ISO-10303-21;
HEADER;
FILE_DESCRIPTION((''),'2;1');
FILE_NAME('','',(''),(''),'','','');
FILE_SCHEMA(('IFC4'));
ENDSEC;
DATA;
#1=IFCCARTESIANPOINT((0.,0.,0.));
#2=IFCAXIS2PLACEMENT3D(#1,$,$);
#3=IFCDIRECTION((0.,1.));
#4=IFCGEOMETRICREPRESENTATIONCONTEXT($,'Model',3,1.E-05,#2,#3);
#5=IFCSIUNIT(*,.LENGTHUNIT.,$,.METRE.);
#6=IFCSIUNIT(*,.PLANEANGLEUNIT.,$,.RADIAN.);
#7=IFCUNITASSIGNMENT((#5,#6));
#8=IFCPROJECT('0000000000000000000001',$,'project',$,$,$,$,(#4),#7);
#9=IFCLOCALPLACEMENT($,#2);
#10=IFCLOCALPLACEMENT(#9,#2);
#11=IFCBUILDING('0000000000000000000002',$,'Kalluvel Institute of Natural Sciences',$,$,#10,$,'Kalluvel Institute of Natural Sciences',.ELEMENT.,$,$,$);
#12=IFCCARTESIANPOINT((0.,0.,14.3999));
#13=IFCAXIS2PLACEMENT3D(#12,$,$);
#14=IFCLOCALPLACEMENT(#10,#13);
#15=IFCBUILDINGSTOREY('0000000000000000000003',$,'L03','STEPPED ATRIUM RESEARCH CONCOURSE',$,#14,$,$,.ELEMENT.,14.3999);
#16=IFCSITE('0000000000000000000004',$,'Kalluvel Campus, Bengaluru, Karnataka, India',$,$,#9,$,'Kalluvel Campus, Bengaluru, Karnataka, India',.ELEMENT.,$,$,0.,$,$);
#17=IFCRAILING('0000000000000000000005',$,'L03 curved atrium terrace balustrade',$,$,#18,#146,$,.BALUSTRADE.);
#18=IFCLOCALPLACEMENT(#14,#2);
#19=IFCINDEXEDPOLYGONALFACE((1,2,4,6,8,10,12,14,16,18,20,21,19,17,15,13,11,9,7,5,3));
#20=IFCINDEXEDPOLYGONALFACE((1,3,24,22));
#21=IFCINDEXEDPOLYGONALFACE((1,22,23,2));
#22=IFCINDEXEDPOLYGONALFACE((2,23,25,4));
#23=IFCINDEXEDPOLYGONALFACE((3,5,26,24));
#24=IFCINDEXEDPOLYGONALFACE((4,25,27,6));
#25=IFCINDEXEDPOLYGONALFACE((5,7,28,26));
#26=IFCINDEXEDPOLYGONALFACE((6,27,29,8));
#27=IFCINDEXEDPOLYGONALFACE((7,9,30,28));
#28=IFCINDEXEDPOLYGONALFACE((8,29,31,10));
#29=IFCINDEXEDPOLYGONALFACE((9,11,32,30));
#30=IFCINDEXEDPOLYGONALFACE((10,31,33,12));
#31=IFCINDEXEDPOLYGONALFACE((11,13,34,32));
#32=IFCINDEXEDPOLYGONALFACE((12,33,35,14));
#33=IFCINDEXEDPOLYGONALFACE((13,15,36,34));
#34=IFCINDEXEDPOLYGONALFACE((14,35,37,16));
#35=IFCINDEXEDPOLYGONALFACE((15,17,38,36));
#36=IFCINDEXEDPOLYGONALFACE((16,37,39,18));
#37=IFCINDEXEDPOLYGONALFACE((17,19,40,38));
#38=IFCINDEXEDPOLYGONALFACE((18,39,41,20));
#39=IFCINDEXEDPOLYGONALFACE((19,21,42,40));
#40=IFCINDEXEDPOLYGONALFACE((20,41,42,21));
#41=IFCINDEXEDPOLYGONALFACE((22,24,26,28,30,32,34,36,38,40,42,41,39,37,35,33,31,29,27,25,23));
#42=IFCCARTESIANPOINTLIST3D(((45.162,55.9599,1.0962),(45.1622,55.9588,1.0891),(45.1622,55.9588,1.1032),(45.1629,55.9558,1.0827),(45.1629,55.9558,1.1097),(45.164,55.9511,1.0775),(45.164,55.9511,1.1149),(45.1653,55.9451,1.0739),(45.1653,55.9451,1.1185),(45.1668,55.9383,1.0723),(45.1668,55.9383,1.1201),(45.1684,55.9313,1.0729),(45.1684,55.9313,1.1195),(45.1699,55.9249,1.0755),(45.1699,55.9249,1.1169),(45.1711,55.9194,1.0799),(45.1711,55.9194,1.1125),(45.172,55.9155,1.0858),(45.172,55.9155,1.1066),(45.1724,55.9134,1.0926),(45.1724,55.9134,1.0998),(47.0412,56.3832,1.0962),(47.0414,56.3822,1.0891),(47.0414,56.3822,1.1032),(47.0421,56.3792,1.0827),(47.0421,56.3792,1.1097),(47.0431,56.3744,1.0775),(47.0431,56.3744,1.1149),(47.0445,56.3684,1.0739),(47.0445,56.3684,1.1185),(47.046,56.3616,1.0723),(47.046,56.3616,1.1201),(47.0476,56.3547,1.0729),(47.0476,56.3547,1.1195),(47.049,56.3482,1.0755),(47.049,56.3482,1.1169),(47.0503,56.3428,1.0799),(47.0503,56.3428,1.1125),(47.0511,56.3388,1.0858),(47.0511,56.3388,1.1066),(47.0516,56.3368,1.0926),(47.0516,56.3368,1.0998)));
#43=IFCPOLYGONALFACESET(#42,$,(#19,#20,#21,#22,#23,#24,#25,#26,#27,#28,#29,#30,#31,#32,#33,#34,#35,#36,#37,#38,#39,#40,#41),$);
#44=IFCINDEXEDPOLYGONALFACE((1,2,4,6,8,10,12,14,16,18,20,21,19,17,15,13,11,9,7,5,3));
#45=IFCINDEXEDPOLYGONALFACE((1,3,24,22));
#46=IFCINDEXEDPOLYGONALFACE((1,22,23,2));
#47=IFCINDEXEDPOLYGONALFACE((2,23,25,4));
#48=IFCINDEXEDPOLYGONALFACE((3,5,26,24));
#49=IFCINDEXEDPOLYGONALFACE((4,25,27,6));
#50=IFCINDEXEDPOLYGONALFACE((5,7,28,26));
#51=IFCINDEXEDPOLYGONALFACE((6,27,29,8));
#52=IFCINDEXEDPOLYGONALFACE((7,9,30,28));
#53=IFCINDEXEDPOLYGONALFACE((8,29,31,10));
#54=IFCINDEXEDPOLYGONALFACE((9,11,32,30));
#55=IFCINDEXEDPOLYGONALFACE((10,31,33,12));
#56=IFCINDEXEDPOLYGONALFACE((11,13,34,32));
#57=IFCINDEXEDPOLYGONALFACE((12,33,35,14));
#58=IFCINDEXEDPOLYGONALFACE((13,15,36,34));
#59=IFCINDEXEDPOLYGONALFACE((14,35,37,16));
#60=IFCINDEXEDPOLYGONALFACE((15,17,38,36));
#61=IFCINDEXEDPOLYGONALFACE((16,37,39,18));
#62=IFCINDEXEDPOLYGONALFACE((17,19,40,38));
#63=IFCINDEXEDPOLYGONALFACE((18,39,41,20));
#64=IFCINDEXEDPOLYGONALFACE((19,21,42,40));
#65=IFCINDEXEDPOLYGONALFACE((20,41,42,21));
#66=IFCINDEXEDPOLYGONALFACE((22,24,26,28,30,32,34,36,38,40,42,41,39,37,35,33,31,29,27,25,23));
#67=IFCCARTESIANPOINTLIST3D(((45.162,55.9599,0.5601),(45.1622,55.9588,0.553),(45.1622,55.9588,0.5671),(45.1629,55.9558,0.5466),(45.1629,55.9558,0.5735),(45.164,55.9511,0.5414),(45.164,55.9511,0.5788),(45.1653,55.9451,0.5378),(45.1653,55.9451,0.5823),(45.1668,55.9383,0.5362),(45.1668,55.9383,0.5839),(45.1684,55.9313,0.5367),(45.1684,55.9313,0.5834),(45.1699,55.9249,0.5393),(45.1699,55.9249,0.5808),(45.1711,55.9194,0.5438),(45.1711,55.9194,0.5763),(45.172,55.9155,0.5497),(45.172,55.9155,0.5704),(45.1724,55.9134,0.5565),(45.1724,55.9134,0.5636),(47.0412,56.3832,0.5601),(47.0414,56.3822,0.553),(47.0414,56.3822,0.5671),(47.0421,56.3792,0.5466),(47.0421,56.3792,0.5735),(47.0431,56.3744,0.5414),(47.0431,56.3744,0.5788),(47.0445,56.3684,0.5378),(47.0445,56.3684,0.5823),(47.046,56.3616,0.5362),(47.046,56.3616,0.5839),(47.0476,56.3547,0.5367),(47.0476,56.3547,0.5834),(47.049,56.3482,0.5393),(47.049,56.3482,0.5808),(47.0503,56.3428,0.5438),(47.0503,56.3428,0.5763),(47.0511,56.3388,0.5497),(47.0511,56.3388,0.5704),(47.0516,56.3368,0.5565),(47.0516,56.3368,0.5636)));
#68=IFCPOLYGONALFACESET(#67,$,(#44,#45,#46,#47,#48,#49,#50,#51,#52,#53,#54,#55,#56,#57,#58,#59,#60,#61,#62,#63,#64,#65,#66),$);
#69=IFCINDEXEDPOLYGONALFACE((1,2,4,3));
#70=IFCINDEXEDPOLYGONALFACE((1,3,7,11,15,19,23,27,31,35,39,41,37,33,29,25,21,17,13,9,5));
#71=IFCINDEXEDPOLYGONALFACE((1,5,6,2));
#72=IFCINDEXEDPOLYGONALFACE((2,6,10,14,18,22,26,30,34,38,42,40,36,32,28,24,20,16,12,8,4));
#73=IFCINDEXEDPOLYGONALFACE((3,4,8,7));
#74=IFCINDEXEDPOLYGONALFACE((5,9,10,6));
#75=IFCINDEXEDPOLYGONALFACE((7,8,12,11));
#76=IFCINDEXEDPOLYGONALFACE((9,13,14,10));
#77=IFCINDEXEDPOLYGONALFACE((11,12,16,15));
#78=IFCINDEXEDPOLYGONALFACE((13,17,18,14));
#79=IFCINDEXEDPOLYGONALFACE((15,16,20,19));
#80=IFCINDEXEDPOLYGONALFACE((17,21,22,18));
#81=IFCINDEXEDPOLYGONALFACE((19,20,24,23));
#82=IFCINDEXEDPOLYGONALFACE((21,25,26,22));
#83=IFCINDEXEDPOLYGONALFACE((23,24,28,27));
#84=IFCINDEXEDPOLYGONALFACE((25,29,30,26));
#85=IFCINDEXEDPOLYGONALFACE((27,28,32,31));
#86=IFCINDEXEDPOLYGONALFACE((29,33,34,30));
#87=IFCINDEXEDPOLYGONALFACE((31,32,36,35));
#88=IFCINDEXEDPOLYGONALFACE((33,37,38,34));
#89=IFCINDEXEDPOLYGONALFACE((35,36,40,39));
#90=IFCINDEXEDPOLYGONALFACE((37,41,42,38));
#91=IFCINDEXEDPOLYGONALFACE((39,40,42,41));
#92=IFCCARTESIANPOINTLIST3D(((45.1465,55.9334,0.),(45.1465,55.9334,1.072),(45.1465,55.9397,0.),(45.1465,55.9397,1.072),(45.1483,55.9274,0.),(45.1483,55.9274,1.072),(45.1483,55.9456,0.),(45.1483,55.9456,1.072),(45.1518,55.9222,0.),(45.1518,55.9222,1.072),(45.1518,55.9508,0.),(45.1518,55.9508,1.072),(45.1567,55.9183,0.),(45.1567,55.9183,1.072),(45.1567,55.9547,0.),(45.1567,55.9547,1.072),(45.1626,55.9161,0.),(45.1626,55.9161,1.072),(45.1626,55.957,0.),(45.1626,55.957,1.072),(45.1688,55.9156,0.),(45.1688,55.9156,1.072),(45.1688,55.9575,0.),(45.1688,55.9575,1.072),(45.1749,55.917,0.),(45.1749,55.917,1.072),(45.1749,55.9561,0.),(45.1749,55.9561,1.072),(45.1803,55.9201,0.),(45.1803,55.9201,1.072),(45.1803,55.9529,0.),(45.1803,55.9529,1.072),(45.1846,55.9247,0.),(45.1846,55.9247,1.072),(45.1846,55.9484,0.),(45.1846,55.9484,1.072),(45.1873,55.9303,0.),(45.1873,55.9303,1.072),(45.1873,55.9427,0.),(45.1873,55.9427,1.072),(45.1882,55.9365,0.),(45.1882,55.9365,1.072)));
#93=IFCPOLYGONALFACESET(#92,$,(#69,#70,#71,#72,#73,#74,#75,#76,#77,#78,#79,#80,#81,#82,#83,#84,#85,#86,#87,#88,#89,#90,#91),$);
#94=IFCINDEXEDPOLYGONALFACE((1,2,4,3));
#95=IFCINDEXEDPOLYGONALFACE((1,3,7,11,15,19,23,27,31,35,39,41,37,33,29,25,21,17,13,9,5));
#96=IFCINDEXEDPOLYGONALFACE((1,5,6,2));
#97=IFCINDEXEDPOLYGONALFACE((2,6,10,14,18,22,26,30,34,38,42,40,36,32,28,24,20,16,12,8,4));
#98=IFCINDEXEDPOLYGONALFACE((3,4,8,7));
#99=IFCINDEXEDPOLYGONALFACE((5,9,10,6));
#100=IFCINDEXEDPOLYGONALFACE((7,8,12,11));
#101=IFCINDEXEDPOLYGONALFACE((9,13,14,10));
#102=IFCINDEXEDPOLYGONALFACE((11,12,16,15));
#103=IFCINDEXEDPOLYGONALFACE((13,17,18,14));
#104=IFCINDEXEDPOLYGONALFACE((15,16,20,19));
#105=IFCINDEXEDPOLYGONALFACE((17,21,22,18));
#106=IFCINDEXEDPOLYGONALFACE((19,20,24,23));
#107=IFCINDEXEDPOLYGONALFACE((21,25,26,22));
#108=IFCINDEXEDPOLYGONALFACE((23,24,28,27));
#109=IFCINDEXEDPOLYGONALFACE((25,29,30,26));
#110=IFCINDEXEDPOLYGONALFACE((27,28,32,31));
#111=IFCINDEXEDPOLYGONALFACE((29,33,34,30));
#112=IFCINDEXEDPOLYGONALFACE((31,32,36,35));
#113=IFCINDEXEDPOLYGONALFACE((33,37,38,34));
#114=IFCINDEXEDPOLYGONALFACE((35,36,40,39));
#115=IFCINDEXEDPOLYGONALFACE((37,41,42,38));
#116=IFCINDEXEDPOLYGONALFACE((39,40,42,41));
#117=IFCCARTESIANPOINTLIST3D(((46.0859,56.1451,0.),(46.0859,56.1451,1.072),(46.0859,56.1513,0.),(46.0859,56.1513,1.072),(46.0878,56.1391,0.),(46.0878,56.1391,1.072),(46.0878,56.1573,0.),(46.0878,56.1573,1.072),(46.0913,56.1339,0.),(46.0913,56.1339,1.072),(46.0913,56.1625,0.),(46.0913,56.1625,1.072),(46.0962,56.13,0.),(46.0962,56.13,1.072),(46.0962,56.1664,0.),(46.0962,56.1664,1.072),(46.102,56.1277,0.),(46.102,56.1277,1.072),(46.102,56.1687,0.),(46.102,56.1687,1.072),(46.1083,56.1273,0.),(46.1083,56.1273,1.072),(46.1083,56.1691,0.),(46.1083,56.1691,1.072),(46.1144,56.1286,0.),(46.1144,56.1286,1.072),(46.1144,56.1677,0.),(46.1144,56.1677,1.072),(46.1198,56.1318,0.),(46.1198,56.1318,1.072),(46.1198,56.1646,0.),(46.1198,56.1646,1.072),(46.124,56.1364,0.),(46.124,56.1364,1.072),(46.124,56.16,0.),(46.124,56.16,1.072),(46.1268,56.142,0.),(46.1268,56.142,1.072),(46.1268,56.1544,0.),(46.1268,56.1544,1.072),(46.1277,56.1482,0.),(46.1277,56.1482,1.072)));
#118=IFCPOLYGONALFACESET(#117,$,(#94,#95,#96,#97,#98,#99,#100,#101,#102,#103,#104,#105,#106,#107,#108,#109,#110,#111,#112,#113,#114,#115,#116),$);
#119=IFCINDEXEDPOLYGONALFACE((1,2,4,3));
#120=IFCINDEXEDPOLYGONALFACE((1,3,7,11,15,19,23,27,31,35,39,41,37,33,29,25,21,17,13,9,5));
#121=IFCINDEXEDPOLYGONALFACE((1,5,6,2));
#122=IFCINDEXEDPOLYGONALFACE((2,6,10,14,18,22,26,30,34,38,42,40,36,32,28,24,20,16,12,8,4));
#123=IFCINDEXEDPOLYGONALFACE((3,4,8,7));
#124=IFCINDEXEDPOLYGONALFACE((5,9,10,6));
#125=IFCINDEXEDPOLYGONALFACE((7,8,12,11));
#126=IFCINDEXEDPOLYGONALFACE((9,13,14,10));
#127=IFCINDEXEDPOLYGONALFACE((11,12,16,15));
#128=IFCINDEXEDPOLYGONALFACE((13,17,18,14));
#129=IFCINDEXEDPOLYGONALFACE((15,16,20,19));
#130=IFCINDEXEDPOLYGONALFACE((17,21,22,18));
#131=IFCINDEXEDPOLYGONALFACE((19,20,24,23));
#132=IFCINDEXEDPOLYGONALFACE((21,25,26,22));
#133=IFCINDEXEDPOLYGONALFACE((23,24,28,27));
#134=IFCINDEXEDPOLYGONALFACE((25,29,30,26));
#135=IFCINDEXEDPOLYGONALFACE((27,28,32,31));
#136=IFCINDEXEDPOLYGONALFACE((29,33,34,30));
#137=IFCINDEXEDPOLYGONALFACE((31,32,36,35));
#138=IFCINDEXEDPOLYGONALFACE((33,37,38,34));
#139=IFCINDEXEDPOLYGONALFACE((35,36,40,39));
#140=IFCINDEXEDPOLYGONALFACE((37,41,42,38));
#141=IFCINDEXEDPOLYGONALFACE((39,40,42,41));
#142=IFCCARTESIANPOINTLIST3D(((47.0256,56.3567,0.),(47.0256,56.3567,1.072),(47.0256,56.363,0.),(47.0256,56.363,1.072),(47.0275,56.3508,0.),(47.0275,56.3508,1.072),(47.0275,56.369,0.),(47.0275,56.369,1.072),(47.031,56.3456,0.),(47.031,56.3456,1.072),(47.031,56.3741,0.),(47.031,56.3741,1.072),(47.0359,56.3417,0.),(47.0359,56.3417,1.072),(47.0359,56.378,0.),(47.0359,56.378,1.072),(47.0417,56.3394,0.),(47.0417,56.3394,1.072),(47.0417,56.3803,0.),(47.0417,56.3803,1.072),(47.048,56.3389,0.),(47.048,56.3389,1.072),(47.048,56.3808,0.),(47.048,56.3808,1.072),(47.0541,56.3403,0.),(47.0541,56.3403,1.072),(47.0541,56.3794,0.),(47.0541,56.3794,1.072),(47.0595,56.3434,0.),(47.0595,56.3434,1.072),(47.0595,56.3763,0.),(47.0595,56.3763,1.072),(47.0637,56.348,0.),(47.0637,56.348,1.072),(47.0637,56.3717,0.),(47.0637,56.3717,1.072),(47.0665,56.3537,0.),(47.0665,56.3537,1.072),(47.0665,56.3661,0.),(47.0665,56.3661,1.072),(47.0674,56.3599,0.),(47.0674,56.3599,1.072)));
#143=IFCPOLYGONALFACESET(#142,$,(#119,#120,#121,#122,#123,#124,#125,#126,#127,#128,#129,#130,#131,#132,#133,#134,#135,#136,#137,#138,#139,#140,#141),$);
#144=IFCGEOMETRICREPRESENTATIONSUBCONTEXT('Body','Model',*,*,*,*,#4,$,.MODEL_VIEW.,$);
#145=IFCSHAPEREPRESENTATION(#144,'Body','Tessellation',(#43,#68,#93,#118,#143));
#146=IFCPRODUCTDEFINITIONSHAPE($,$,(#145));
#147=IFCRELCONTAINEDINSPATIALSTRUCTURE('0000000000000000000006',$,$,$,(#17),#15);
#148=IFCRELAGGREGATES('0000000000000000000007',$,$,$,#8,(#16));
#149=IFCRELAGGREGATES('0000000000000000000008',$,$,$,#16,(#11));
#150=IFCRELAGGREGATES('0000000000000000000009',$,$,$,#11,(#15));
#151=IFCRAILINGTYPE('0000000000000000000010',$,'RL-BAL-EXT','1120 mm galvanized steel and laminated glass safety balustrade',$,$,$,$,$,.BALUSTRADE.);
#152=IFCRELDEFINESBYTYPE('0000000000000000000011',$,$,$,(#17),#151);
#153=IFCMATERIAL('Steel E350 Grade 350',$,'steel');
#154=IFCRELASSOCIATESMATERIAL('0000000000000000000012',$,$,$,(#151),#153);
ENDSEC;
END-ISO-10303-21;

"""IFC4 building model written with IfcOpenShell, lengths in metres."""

from ifc_helpers import new_model, si_unit, direction, frame, origin, origin_2d, place, context, subcontext, project, spatial, circle, extrude, material, type_object, element, save


model = new_model("IFC4")

# Units and contexts
model_context = context("Model", 3, precision=1e-05, world=origin(), true_north=direction((0.0, 1.0)))
body_context = subcontext(model_context, "Body", "Model", "MODEL_VIEW")
ifc_project = project(units=[si_unit("LENGTHUNIT", "METRE"), si_unit("PLANEANGLEUNIT", "RADIAN")], contexts=[model_context])

# Site, building, storey
site_placement = place(None, origin())
site = spatial("IfcSite", under=ifc_project, at=site_placement, Name="Kalluvel Campus, Bengaluru, Karnataka, India", LongName="Kalluvel Campus, Bengaluru, Karnataka, India", CompositionType="ELEMENT", RefElevation=0.0)
building_placement = place(site_placement, origin())
building = spatial("IfcBuilding", under=site, at=building_placement, Name="Kalluvel Institute of Natural Sciences", LongName="Kalluvel Institute of Natural Sciences", CompositionType="ELEMENT")
storey_placement = place(building_placement, frame((0.0, 0.0, 14.3999)))
storey = spatial("IfcBuildingStorey", under=building, at=storey_placement, Name="L03", Description="STEPPED ATRIUM RESEARCH CONCOURSE", CompositionType="ELEMENT", Elevation=14.3999)

# Railing
ifc_material_1 = material(Name="Steel E350 Grade 350", Category="steel")
railing_type = type_object("IfcRailingType", Name="RL-BAL-EXT", Description="1120 mm galvanized steel and laminated glass safety balustrade", PredefinedType="BALUSTRADE", material=ifc_material_1)
railing_1_placement = place(storey_placement, frame((45.1672, 55.9365, 0.0)))
element("IfcRailing", 1, at=railing_1_placement, inside=storey, type_object=railing_type, Name="L03 curved atrium terrace balustrade", PredefinedType="BALUSTRADE", context=body_context, shape_type="SweptSolid", body=[
    extrude(circle(Radius=0.0239, at=origin_2d()), frame((0.0, 0.0, 1.0962), z_axis=(0.975551, 0.219775, 0.0), x_axis=(-0.219775, 0.975551, 0.0)), (0.0, 0.0, 1.0), 1.9263),
    extrude(circle(Radius=0.0239, at=origin_2d()), frame((0.0, 0.0, 0.5601), z_axis=(0.975551, 0.219775, 0.0), x_axis=(-0.219775, 0.975551, 0.0)), (0.0, 0.0, 1.0), 1.9263),
    extrude(circle(Radius=0.021, at=origin_2d()), origin(), (0.0, 0.0, 1.0), 1.072),
    extrude(circle(Radius=0.021, at=origin_2d()), frame((0.9395, 0.2117, 0.0)), (0.0, 0.0, 1.0), 1.072),
    extrude(circle(Radius=0.021, at=origin_2d()), frame((1.8792, 0.4233, 0.0)), (0.0, 0.0, 1.0), 1.072),
])

save(model, "model.ifc")
